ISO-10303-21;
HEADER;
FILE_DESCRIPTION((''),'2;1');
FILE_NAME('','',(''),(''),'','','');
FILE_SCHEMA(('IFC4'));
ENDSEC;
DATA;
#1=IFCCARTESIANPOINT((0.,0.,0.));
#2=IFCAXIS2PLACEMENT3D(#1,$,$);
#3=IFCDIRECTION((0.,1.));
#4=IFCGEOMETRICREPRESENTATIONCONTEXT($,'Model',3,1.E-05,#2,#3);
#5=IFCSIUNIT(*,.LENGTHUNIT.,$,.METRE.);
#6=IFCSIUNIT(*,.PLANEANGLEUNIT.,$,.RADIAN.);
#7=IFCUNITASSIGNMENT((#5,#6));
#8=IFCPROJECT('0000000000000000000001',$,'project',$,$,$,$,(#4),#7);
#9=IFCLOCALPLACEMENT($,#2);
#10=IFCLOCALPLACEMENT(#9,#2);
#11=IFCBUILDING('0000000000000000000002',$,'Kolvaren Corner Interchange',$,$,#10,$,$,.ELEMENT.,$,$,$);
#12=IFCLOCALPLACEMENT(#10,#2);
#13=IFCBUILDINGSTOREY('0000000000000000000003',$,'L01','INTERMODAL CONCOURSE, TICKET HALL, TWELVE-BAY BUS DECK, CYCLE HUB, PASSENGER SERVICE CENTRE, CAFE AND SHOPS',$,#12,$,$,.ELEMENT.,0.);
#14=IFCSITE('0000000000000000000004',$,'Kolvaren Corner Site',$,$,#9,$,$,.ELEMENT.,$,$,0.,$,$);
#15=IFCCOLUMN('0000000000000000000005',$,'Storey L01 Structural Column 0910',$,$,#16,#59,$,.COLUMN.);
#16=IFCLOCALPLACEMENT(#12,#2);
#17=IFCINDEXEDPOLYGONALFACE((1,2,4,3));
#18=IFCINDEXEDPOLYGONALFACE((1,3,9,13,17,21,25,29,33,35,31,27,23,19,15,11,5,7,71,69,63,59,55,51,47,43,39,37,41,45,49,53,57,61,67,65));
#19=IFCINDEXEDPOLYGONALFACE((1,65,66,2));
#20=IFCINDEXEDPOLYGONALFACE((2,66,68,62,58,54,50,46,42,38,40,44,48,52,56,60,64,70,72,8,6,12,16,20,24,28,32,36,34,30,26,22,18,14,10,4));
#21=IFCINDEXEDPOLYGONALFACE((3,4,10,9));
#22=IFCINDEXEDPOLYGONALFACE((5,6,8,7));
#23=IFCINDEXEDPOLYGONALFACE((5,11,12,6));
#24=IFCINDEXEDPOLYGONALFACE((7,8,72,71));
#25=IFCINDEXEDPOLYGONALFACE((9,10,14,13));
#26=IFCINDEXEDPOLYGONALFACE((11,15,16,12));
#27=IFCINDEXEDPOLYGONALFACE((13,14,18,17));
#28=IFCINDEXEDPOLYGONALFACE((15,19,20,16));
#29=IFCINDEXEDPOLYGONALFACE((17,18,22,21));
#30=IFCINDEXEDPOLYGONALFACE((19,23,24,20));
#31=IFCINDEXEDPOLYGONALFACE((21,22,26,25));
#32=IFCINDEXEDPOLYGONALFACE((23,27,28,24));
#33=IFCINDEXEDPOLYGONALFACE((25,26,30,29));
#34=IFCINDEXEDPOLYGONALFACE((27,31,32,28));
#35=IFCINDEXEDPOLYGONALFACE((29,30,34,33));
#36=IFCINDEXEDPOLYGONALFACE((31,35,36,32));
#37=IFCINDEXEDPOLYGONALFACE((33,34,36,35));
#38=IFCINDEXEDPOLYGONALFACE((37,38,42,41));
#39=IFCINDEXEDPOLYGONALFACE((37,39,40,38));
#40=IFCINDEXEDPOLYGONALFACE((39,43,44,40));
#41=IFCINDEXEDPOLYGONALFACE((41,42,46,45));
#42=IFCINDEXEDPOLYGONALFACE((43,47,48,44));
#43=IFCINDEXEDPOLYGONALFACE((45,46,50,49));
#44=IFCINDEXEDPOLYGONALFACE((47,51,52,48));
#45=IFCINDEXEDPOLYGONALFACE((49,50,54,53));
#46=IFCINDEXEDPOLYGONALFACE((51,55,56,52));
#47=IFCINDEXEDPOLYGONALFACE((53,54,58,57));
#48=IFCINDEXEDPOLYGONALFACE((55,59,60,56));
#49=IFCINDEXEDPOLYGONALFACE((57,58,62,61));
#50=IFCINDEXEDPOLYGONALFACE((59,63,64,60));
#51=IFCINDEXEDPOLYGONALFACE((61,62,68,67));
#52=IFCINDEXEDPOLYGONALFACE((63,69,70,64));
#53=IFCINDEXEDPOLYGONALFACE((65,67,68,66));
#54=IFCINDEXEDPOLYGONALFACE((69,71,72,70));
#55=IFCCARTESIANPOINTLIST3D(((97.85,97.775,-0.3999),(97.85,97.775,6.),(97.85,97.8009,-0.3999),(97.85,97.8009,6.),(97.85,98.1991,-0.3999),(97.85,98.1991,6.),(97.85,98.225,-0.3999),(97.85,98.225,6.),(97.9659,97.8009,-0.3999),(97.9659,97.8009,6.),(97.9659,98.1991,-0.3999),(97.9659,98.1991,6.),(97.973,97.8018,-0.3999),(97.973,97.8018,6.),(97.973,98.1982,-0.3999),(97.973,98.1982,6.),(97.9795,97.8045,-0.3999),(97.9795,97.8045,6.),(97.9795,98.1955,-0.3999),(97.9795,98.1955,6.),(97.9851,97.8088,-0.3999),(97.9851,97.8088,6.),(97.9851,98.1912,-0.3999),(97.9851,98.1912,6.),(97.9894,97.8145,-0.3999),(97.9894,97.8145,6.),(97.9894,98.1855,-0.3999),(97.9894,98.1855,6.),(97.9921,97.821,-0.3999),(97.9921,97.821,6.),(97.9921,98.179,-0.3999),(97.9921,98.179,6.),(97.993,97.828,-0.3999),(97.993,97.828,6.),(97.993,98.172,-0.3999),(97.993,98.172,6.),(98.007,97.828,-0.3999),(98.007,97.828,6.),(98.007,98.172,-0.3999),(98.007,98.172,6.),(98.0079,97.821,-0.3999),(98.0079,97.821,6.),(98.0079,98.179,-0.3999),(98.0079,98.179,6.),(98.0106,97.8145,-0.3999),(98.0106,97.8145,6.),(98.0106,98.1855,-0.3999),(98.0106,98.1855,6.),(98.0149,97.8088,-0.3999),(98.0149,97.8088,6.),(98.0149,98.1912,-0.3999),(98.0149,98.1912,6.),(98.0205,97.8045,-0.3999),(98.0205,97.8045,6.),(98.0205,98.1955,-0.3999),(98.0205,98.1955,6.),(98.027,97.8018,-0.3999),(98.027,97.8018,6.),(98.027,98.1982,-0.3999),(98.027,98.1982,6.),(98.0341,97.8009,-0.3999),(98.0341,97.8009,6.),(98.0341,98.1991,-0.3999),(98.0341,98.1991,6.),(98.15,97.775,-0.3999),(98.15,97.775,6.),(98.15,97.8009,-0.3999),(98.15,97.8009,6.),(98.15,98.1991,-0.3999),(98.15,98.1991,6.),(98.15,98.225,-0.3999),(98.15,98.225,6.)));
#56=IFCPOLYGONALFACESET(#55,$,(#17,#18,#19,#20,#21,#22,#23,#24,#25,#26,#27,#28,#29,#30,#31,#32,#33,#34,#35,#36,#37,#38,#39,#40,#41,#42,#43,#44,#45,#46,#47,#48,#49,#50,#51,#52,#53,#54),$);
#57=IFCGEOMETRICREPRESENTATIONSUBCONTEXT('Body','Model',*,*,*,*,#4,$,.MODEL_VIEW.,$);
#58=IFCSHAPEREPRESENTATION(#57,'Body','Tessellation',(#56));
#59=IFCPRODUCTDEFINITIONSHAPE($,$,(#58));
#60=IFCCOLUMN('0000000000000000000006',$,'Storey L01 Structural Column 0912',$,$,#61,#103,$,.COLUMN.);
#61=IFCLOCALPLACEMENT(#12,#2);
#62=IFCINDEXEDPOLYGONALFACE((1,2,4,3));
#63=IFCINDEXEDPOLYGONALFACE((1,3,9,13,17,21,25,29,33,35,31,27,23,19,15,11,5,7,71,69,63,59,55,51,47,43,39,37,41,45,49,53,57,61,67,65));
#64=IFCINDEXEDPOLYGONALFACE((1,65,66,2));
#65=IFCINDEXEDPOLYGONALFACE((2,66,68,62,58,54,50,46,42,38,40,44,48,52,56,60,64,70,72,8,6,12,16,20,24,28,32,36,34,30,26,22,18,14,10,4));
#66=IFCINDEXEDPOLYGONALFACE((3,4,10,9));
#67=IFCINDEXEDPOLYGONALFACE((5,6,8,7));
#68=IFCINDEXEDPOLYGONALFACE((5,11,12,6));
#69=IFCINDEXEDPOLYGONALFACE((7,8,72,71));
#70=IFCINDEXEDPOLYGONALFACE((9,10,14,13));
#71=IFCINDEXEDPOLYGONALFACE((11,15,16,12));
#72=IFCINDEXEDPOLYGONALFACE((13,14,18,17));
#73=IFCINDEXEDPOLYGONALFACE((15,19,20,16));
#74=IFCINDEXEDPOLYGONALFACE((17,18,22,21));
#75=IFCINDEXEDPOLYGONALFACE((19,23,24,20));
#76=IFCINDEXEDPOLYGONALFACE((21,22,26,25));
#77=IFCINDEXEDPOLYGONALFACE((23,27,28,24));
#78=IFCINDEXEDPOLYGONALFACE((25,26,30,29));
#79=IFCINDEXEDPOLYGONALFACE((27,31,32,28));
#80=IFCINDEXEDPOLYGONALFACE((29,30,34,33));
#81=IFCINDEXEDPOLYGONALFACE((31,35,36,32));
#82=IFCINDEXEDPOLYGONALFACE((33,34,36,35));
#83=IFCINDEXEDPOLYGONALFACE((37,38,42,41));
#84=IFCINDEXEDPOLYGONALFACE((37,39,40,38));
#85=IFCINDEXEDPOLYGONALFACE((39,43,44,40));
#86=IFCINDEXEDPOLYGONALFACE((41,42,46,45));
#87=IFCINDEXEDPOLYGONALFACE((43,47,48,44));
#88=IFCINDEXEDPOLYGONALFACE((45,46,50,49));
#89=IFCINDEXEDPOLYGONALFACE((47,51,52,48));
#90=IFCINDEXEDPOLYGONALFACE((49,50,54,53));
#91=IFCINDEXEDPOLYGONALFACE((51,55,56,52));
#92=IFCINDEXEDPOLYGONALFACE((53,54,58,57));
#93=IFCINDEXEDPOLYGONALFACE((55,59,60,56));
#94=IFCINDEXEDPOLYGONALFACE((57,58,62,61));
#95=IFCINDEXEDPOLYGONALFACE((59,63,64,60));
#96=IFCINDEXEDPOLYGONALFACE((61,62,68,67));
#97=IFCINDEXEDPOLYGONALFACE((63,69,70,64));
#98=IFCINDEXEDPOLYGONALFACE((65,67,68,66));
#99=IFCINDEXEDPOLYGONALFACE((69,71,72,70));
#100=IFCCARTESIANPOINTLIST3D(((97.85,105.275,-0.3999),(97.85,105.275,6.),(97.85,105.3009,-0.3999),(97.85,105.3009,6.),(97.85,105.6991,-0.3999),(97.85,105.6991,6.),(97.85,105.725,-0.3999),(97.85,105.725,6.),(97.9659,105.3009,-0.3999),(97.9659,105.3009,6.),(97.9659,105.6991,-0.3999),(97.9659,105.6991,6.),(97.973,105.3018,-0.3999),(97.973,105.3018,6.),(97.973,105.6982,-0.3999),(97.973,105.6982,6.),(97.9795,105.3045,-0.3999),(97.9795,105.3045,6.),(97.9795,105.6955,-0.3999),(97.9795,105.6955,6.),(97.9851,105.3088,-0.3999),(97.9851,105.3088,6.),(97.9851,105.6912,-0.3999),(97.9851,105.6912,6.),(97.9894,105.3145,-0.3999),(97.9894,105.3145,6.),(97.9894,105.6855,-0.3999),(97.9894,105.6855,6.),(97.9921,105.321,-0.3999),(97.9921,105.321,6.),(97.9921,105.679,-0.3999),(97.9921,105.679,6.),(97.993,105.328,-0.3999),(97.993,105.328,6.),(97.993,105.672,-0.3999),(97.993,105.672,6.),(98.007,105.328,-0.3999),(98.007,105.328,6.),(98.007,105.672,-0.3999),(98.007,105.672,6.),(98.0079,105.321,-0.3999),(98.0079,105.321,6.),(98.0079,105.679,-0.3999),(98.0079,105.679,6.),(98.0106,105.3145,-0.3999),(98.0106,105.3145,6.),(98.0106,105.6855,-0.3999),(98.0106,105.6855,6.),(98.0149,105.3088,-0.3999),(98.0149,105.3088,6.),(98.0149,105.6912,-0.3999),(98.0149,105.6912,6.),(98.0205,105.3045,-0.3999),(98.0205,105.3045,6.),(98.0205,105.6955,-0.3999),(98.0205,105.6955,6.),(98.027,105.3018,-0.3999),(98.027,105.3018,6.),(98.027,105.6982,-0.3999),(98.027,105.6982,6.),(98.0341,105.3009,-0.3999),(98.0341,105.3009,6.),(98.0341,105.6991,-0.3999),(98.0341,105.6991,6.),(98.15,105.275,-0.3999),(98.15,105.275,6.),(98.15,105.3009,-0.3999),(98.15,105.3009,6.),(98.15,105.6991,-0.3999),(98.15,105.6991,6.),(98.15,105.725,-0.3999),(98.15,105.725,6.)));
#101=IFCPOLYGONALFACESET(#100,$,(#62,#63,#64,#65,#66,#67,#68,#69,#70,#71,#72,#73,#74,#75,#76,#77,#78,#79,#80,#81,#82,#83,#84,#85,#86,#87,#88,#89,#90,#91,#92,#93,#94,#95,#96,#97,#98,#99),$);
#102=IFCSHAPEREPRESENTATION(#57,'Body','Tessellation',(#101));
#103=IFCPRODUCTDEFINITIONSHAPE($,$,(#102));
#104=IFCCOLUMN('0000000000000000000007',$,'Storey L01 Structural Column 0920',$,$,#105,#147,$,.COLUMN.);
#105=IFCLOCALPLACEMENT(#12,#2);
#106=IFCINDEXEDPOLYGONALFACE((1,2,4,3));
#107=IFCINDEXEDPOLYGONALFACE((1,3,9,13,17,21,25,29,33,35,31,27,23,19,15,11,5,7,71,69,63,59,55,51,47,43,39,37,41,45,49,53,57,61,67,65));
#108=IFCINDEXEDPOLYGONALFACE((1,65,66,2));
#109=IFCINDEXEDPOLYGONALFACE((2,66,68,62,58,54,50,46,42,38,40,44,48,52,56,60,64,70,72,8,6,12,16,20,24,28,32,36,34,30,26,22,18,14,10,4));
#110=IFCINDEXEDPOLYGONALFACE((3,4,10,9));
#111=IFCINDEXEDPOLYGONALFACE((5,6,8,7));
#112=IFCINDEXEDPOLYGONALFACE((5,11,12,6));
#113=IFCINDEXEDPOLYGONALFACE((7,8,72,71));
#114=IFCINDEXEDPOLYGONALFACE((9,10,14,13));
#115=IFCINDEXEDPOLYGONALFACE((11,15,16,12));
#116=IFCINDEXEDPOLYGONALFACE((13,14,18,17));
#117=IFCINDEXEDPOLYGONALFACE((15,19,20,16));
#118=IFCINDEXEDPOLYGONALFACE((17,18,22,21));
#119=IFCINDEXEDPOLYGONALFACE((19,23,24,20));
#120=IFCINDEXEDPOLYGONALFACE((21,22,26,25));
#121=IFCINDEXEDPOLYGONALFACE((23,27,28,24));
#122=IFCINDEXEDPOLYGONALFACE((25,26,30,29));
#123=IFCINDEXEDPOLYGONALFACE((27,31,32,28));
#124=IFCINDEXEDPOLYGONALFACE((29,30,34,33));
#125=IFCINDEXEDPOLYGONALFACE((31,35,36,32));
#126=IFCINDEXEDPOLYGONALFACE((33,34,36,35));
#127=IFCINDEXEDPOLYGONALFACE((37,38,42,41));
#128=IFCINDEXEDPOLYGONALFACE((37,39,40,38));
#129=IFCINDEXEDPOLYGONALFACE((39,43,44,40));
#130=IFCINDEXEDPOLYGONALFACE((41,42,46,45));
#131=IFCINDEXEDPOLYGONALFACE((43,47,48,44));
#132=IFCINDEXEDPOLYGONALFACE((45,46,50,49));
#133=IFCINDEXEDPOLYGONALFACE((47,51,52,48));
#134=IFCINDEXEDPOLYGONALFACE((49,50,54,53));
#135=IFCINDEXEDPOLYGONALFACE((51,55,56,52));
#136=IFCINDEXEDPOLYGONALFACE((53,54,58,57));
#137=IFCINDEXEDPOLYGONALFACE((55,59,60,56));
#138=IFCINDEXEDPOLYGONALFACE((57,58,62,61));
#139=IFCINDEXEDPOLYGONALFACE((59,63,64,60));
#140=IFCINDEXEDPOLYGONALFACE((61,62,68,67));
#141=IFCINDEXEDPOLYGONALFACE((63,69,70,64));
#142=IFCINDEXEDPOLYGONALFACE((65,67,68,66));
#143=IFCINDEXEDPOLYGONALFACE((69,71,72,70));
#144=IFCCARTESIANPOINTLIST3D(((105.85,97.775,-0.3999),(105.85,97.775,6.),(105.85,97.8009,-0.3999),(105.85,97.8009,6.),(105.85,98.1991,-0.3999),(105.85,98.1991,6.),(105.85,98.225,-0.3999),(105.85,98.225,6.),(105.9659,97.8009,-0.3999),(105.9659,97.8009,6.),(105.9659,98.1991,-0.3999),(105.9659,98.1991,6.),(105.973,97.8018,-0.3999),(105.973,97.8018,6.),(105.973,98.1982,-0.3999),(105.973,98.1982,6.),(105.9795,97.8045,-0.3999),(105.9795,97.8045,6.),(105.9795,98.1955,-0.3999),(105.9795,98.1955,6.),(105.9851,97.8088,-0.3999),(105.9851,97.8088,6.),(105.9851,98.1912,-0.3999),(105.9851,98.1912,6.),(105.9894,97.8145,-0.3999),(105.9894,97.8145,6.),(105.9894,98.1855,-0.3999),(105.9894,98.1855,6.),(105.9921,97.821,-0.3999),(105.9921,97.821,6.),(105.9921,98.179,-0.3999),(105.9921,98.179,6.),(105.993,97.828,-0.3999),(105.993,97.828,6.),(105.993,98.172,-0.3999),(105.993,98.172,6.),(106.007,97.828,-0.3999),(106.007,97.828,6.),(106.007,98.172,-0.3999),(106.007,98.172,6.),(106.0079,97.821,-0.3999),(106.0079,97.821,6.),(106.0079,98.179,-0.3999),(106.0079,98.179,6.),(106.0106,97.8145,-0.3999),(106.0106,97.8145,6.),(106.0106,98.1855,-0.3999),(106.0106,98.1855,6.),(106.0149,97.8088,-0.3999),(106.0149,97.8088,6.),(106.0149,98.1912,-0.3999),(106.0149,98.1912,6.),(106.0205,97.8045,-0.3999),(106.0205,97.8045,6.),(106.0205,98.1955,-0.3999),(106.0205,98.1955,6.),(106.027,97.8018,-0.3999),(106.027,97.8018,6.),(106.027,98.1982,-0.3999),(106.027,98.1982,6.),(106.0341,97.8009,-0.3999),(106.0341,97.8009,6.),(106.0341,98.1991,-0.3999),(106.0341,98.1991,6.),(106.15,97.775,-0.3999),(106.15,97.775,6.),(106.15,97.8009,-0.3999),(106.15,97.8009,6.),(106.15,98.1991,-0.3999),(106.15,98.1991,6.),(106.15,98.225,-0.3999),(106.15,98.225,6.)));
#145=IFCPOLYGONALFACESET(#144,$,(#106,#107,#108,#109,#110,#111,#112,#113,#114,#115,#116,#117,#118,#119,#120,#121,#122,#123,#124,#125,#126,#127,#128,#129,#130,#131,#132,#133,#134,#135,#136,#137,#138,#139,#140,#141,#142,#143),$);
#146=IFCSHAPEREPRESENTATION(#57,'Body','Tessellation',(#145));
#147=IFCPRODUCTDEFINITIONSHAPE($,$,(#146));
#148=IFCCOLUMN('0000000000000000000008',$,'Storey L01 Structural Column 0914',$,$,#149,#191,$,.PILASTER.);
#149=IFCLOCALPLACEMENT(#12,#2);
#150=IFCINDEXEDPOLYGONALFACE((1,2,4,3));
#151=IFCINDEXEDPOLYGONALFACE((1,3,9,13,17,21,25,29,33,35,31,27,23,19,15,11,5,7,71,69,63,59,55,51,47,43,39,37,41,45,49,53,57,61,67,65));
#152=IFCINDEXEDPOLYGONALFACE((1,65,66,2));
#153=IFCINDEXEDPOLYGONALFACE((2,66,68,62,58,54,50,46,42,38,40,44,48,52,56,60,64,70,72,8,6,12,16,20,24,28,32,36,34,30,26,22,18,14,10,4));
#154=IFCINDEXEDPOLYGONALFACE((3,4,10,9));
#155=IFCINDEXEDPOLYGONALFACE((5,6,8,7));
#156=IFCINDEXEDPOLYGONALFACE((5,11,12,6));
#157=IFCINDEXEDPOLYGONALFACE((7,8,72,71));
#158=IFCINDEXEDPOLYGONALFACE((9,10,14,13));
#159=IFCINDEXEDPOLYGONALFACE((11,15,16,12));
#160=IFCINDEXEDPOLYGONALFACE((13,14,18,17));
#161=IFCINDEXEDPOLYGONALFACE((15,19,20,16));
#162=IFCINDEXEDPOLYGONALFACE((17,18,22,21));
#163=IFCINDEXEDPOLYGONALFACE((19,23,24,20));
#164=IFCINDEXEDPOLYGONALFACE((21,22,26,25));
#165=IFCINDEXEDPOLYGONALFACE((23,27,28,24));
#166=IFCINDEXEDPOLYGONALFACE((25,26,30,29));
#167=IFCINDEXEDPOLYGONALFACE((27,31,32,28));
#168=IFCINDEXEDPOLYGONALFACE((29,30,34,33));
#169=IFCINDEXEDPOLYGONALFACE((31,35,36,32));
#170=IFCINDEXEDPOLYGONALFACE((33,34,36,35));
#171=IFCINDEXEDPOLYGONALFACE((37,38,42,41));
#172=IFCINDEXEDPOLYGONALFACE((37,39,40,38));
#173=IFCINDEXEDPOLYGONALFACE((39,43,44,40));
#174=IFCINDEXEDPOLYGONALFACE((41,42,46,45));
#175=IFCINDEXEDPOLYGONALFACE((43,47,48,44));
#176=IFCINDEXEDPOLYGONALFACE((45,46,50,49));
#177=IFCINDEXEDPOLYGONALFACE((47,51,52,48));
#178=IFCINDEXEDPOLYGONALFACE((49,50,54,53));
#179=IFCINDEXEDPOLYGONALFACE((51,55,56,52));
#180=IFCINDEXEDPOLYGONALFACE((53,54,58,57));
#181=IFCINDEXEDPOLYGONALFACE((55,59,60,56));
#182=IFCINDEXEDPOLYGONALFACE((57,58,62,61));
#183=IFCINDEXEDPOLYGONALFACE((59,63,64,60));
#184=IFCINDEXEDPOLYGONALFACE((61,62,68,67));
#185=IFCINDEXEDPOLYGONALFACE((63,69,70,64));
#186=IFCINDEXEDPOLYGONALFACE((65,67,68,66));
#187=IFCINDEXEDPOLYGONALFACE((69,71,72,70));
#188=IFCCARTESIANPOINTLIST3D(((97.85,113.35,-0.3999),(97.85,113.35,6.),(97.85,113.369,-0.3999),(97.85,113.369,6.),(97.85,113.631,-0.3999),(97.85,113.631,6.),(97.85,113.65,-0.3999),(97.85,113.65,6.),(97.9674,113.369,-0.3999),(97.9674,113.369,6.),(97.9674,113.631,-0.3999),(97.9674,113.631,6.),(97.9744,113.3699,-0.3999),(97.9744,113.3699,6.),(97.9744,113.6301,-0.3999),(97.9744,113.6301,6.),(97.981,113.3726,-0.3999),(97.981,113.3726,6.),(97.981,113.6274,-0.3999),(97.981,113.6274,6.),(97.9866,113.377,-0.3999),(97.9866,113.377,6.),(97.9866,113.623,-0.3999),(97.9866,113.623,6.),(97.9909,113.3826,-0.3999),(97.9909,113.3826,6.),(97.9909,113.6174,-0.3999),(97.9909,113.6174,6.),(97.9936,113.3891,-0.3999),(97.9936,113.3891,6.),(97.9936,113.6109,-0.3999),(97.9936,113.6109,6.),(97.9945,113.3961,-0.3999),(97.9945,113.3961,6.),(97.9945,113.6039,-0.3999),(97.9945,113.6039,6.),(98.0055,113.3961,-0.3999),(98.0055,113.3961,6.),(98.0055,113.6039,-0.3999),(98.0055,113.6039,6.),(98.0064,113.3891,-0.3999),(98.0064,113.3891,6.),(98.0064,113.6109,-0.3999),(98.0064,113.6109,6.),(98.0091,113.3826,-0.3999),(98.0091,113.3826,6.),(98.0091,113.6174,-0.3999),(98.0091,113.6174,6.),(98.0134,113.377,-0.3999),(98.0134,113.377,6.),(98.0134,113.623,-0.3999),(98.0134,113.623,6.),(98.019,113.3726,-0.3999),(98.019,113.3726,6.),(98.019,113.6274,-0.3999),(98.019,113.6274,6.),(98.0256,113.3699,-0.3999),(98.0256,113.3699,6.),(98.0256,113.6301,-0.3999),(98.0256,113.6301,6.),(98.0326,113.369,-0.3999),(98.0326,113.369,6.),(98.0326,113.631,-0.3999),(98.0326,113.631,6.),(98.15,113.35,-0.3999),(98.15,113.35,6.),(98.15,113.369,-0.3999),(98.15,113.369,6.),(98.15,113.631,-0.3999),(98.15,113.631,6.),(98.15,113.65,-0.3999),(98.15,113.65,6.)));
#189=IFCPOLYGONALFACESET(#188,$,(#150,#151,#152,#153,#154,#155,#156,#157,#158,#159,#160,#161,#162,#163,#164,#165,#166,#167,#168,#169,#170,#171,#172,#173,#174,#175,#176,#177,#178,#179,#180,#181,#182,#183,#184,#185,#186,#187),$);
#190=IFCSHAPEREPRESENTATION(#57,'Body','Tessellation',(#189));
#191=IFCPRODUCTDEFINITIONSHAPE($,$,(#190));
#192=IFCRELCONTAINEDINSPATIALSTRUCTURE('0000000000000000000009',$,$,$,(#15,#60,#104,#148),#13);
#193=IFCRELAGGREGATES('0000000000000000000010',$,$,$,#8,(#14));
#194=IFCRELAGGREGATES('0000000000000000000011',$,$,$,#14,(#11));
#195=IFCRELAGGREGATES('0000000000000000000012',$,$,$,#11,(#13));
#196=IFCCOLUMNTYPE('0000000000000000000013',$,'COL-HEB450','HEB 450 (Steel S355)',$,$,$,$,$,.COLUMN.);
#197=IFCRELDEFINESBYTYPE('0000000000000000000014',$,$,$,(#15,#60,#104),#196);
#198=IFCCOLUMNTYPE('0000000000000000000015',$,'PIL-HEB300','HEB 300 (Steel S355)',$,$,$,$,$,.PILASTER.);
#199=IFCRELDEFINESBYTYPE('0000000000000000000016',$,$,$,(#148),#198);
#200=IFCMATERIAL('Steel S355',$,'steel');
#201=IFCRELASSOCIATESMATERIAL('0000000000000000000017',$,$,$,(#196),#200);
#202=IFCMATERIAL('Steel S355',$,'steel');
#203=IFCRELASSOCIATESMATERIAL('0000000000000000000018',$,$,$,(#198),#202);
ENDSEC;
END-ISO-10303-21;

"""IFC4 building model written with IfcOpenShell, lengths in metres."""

from ifc_helpers import new_model, si_unit, direction, frame, origin, origin_2d, place, context, subcontext, project, spatial, i_section, extrude, material, material_profile, profile_set, type_object, element, save


model = new_model("IFC4")

# Units and contexts
model_context = context("Model", 3, precision=1e-05, world=origin(), true_north=direction((0.0, 1.0)))
body_context = subcontext(model_context, "Body", "Model", "MODEL_VIEW")
ifc_project = project(units=[si_unit("LENGTHUNIT", "METRE"), si_unit("PLANEANGLEUNIT", "RADIAN")], contexts=[model_context])

# Site, building, storey
site_placement = place(None, origin())
site = spatial("IfcSite", under=ifc_project, at=site_placement, Name="Kolvaren Corner Site", CompositionType="ELEMENT", RefElevation=0.0)
building_placement = place(site_placement, origin())
building = spatial("IfcBuilding", under=site, at=building_placement, Name="Kolvaren Corner Interchange", CompositionType="ELEMENT")
storey_placement = place(building_placement, origin())
storey = spatial("IfcBuildingStorey", under=building, at=storey_placement, Name="L01", Description="INTERMODAL CONCOURSE, TICKET HALL, TWELVE-BAY BUS DECK, CYCLE HUB, PASSENGER SERVICE CENTRE, CAFE AND SHOPS", CompositionType="ELEMENT", Elevation=0.0)

# Columns
ifc_material_1 = material(Name="Steel S355", Category="steel")
ifc_material_profile_1 = material_profile(ifc_material_1, i_section(OverallWidth=0.3, OverallDepth=0.45, WebThickness=0.0139, FlangeThickness=0.0259, FilletRadius=0.0271, at=origin_2d()), Name="HEB 450")
ifc_profile_set_1 = profile_set([ifc_material_profile_1], Name="Steel S355")
column_type_1 = type_object("IfcColumnType", Name="COL-HEB450", Description="HEB 450 (Steel S355)", PredefinedType="COLUMN", material=ifc_profile_set_1)
for number, where, z_axis, x_axis, name in (
    (1, (98.0, 98.0, -0.3999), (0.0, 0.0, 1.0), (1.0, 0.0, 0.0), "Storey L01 Structural Column 0910"),
    (2, (98.0, 105.5, -0.3999), (0.0, 0.0, 1.0), (1.0, 0.0, 0.0), "Storey L01 Structural Column 0912"),
    (3, (106.0, 98.0, -0.3999), (0.0, 0.0, 1.0), (1.0, 0.0, 0.0), "Storey L01 Structural Column 0920"),
):
    element("IfcColumn", number, at=place(storey_placement, frame(where, z_axis=z_axis, x_axis=x_axis)), inside=storey, type_object=column_type_1, Name=name, PredefinedType="COLUMN", context=body_context, shape_type="SweptSolid", body=[
        extrude(i_section(OverallWidth=0.3, OverallDepth=0.45, WebThickness=0.0139, FlangeThickness=0.0259, FilletRadius=0.0271, at=origin_2d()), origin(), (0.0, 0.0, 1.0), 6.3999),
    ])
ifc_material_2 = material(Name="Steel S355", Category="steel")
ifc_material_profile_2 = material_profile(ifc_material_2, i_section(OverallWidth=0.3, OverallDepth=0.3, WebThickness=0.011, FlangeThickness=0.019, FilletRadius=0.0271, at=origin_2d()), Name="HEB 300")
ifc_profile_set_2 = profile_set([ifc_material_profile_2], Name="Steel S355")
column_type_2 = type_object("IfcColumnType", Name="PIL-HEB300", Description="HEB 300 (Steel S355)", PredefinedType="PILASTER", material=ifc_profile_set_2)
column_placement = place(storey_placement, frame((98.0, 113.5, -0.3999), z_axis=(0.0, 0.0, 1.0), x_axis=(1.0, 0.0, 0.0)))
element("IfcColumn", 4, at=column_placement, inside=storey, type_object=column_type_2, Name="Storey L01 Structural Column 0914", PredefinedType="PILASTER", context=body_context, shape_type="SweptSolid", body=[
    extrude(i_section(OverallWidth=0.3, OverallDepth=0.3, WebThickness=0.011, FlangeThickness=0.019, FilletRadius=0.0271, at=origin_2d()), origin(), (0.0, 0.0, 1.0), 6.3999),
])

save(model, "model.ifc")
